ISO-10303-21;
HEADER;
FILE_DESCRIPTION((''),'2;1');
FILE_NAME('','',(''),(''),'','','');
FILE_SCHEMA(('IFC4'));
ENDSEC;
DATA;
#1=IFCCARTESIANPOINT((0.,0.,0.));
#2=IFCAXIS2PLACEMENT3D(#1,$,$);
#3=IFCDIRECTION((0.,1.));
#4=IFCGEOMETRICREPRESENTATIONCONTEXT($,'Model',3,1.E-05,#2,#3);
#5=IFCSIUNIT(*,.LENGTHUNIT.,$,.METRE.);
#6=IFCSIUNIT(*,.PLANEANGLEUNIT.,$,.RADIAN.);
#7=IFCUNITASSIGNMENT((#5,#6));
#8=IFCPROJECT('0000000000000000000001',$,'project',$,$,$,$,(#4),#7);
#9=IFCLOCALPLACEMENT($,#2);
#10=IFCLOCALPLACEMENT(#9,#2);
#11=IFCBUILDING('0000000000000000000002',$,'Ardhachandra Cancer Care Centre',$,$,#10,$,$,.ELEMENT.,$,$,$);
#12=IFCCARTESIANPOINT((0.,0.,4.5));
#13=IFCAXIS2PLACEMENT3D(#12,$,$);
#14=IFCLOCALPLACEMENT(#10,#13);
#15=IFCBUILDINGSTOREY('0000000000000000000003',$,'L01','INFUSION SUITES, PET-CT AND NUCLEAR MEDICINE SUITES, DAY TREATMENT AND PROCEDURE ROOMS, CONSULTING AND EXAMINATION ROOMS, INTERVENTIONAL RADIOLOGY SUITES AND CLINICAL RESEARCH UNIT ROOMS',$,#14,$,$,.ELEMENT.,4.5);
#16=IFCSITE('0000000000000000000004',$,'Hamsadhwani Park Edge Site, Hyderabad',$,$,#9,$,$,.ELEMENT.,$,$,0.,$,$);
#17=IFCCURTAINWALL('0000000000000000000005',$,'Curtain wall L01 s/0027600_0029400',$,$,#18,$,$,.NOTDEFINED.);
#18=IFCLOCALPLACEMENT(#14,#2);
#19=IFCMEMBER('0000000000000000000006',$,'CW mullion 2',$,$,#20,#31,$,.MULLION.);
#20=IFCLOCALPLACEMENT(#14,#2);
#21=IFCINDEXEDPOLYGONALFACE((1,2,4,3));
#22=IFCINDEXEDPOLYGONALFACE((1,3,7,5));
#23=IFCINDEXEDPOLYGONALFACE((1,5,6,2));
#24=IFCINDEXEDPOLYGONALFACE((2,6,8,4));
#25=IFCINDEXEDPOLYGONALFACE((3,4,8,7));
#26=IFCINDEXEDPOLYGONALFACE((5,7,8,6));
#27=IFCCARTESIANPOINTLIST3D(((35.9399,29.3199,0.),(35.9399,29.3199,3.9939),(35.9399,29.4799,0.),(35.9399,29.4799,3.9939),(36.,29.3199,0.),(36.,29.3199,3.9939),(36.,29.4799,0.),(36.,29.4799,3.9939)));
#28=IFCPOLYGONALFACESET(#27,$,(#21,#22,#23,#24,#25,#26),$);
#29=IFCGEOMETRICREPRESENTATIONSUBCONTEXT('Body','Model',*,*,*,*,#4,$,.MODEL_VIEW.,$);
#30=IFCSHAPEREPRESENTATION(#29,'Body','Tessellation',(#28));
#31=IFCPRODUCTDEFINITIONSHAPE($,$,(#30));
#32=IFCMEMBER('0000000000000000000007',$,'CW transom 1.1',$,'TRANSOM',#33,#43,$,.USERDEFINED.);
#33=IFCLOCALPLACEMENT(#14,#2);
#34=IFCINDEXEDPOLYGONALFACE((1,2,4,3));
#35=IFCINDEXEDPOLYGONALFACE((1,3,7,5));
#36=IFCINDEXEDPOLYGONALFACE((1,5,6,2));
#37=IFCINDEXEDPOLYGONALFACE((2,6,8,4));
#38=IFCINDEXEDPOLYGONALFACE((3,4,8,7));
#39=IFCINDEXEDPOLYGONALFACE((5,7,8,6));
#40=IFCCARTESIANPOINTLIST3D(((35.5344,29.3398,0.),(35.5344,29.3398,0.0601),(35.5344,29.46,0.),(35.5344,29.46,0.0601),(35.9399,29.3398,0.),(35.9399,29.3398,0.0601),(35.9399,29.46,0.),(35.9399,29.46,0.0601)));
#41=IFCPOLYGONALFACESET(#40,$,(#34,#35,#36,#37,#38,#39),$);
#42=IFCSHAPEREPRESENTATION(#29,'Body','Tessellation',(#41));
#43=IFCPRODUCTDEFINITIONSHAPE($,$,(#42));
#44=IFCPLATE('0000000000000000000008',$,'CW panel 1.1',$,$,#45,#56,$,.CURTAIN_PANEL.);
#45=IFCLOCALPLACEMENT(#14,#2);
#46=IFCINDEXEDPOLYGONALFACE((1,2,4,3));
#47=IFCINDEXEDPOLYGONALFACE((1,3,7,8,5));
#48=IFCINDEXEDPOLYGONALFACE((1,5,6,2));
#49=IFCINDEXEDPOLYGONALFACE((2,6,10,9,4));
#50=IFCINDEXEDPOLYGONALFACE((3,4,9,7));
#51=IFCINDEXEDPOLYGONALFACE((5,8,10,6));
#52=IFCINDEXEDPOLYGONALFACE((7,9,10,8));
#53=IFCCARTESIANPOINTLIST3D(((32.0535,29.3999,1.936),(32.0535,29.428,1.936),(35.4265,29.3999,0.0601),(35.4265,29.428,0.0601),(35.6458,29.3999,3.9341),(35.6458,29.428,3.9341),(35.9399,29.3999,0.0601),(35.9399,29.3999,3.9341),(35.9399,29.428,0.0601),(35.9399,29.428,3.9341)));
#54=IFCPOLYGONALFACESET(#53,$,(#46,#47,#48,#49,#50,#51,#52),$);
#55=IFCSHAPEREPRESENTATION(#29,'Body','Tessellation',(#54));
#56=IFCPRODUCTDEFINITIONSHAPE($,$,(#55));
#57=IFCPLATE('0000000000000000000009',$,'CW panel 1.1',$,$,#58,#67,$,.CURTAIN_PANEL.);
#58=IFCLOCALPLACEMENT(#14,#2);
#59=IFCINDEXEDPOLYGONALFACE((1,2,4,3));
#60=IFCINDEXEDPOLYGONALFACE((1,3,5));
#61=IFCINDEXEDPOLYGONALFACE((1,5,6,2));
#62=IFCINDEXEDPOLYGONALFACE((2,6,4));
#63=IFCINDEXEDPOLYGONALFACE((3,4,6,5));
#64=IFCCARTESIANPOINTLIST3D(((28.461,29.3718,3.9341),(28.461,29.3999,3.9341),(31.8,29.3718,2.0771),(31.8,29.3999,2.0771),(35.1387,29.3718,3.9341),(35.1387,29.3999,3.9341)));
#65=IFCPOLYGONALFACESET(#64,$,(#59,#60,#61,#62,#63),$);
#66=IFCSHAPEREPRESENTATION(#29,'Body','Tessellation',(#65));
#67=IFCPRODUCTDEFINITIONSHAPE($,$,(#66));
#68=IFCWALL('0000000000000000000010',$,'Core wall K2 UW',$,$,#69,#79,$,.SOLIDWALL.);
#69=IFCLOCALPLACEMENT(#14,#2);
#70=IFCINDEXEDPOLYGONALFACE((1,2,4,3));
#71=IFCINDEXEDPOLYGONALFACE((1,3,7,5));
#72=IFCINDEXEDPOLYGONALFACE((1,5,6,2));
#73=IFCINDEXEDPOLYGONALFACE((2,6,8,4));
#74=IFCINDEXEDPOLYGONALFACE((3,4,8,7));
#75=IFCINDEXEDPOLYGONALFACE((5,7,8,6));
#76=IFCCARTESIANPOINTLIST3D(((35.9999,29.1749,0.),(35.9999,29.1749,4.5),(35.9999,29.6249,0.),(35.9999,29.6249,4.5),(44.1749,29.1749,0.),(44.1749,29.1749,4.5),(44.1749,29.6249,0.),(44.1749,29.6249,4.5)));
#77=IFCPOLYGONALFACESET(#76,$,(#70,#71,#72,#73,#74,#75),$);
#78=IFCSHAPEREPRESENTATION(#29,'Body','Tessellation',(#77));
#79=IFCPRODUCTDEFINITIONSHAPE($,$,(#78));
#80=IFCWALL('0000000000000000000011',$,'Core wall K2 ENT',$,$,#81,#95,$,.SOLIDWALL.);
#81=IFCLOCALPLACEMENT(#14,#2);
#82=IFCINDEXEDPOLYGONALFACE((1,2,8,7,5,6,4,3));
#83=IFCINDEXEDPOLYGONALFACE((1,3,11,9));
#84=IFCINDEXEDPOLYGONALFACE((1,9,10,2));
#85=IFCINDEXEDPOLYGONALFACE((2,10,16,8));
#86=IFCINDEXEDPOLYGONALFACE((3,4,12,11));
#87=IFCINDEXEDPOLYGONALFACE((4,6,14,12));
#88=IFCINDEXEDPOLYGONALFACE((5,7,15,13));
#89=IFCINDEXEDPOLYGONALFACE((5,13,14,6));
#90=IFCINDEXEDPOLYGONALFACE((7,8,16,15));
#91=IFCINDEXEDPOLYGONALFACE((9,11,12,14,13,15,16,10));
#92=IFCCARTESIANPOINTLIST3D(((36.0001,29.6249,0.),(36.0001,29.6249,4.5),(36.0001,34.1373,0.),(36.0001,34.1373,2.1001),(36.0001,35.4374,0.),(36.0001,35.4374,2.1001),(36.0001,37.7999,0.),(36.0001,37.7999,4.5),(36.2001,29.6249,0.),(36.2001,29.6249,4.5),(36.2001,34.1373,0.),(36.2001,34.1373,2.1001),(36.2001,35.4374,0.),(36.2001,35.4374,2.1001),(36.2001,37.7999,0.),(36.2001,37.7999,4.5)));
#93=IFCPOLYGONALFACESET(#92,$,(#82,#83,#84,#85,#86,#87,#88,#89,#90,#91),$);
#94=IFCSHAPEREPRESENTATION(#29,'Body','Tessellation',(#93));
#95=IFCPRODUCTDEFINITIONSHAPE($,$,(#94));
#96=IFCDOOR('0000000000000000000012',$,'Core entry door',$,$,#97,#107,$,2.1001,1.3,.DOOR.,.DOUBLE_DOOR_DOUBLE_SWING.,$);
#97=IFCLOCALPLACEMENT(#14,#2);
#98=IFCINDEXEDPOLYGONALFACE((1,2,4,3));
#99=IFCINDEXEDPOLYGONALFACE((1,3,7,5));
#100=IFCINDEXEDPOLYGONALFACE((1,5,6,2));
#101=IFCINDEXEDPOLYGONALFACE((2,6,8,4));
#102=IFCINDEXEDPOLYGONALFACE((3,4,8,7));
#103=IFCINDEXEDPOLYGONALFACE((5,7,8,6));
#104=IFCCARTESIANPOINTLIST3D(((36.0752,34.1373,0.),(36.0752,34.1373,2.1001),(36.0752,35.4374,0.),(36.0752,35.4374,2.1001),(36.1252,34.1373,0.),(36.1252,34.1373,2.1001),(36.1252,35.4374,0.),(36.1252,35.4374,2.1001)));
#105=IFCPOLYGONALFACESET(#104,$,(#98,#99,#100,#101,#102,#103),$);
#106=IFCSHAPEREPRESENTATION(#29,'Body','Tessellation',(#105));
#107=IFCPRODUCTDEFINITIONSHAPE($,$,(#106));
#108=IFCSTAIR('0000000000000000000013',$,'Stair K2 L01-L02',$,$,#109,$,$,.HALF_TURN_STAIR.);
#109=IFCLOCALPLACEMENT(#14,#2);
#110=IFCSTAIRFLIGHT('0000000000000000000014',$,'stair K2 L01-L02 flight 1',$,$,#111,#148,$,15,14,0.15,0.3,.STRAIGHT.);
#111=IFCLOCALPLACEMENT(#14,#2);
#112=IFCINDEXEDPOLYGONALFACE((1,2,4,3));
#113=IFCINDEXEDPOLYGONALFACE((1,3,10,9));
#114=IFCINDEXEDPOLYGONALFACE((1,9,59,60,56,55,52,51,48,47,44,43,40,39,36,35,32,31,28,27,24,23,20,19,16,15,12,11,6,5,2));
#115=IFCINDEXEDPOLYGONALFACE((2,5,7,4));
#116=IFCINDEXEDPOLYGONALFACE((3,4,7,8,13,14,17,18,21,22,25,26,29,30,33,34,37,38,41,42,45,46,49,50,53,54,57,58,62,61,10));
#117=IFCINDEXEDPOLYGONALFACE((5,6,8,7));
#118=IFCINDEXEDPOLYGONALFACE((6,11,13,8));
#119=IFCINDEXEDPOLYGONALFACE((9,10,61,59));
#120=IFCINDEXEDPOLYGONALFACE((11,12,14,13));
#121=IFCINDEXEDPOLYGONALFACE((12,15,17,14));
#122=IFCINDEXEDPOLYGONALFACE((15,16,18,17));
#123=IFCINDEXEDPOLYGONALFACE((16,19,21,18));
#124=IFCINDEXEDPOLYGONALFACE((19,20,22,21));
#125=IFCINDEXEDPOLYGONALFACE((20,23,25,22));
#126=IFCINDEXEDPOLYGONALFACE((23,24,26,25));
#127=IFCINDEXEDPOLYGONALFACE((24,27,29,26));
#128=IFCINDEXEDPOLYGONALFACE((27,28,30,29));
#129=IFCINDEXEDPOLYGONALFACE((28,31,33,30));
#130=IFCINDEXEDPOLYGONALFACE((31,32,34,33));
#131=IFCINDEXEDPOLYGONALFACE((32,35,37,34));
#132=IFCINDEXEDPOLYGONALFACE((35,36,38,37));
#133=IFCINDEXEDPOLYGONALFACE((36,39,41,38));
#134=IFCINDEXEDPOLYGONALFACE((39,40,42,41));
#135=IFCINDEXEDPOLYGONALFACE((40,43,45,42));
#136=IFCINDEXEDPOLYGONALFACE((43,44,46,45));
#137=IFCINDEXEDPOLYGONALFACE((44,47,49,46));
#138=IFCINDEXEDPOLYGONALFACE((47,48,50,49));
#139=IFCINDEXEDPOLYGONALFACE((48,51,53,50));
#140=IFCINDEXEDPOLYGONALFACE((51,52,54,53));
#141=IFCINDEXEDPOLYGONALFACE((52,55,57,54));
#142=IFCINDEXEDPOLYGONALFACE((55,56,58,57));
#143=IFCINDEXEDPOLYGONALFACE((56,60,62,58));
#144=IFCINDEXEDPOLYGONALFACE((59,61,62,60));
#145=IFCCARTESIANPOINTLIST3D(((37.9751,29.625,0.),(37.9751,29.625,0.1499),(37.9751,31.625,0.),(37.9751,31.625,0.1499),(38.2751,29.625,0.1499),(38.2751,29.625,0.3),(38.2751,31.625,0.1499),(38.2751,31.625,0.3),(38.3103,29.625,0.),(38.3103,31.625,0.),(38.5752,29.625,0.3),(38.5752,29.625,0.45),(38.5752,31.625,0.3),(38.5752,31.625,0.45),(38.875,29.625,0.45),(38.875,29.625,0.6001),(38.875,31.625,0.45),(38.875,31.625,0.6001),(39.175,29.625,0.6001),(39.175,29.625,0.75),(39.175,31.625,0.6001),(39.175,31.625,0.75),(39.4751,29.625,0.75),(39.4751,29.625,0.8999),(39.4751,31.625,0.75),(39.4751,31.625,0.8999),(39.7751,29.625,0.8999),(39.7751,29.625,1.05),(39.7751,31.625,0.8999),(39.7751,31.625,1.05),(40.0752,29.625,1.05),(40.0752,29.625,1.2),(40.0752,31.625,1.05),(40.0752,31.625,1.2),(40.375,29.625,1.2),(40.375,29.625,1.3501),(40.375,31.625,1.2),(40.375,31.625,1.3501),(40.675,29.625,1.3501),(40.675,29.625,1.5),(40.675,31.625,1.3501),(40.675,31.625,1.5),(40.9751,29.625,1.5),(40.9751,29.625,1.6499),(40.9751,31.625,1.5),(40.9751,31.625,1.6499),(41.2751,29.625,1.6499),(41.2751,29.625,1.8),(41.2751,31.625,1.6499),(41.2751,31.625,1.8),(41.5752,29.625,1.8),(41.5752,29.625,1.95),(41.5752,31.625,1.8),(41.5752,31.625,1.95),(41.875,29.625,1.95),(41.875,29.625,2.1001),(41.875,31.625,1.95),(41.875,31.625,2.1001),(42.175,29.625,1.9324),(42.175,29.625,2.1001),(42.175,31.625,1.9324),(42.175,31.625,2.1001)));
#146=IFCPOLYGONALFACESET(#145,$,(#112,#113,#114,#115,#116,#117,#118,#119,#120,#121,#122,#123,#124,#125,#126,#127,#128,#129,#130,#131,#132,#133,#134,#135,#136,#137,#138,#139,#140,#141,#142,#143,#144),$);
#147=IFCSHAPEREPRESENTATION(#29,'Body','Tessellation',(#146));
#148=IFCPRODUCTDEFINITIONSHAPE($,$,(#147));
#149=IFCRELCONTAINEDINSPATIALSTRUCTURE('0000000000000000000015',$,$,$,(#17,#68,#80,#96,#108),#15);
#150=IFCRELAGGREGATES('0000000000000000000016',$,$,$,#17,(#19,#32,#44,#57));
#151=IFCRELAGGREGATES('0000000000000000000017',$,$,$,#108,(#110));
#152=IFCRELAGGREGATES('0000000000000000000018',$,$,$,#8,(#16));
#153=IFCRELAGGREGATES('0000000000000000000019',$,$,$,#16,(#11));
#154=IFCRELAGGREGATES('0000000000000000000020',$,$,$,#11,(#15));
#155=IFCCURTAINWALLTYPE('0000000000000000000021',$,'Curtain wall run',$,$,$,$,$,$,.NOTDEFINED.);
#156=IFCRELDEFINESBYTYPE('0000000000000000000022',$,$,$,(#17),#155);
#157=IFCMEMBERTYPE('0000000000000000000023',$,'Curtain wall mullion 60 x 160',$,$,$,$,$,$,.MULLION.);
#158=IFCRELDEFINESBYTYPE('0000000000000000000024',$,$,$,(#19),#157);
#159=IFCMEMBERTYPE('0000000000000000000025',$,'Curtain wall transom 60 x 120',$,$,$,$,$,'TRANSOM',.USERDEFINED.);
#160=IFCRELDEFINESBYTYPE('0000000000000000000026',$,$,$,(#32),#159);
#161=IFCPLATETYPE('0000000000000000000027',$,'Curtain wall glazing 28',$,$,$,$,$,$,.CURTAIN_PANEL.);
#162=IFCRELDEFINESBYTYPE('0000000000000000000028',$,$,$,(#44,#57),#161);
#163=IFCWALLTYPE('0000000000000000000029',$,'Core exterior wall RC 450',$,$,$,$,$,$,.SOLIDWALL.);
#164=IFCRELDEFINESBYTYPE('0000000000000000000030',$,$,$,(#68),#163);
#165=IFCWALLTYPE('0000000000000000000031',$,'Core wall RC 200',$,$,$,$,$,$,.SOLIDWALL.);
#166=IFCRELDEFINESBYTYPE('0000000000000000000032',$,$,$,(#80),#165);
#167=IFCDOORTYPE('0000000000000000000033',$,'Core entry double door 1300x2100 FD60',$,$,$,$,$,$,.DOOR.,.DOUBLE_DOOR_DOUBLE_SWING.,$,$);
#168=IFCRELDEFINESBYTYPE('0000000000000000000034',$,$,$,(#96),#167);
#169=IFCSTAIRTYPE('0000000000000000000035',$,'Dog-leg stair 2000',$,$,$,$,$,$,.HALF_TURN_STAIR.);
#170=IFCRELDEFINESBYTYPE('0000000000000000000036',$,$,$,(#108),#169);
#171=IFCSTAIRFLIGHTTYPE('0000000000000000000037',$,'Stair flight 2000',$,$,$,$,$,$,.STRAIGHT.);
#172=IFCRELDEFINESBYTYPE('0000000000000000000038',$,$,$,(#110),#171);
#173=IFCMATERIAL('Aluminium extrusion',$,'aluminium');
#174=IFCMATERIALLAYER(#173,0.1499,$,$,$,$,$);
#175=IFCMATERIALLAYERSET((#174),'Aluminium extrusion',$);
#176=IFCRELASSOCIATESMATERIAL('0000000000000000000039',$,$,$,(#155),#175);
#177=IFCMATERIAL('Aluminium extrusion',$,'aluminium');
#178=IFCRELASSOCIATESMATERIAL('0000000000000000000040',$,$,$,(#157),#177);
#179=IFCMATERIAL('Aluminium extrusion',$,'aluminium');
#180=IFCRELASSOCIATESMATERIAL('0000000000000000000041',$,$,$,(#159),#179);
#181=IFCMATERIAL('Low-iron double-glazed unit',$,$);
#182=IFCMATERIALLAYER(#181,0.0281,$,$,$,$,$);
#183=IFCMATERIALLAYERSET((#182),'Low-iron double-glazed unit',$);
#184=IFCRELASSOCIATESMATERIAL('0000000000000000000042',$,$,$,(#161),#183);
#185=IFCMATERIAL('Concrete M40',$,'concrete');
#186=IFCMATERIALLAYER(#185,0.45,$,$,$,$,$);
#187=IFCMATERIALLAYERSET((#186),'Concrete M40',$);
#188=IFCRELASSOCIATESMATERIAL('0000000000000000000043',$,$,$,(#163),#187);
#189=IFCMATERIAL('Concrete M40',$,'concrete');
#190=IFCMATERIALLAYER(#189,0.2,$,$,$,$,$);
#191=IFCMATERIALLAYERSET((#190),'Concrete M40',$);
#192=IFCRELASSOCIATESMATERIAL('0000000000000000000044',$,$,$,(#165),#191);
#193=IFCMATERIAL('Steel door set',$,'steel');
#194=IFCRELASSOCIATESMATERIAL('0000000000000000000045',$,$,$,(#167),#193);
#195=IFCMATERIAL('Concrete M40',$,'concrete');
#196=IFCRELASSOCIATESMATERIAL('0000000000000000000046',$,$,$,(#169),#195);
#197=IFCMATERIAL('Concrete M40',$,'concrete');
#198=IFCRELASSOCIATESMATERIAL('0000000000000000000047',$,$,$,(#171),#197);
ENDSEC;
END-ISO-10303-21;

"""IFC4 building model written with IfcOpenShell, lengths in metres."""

from ifc_helpers import new_model, si_unit, direction, frame, frame_2d, origin, origin_2d, place, context, subcontext, project, spatial, polyline, rectangle, outline, extrude, material, layer, layer_set, material_profile, profile_set, type_object, element, fill, aggregate, save


model = new_model("IFC4")

# Units and contexts
model_context = context("Model", 3, precision=1e-05, world=origin(), true_north=direction((0.0, 1.0)))
body_context = subcontext(model_context, "Body", "Model", "MODEL_VIEW")
ifc_project = project(units=[si_unit("LENGTHUNIT", "METRE"), si_unit("PLANEANGLEUNIT", "RADIAN")], contexts=[model_context])

# Site, building, storey
site_placement = place(None, origin())
site = spatial("IfcSite", under=ifc_project, at=site_placement, Name="Hamsadhwani Park Edge Site, Hyderabad", CompositionType="ELEMENT", RefElevation=0.0)
building_placement = place(site_placement, origin())
building = spatial("IfcBuilding", under=site, at=building_placement, Name="Ardhachandra Cancer Care Centre", CompositionType="ELEMENT")
storey_placement = place(building_placement, frame((0.0, 0.0, 4.5)))
storey = spatial("IfcBuildingStorey", under=building, at=storey_placement, Name="L01", Description="INFUSION SUITES, PET-CT AND NUCLEAR MEDICINE SUITES, DAY TREATMENT AND PROCEDURE ROOMS, CONSULTING AND EXAMINATION ROOMS, INTERVENTIONAL RADIOLOGY SUITES AND CLINICAL RESEARCH UNIT ROOMS", CompositionType="ELEMENT", Elevation=4.5)

# Curtain wall, members, plates
ifc_material_1 = material(Name="Aluminium extrusion", Category="aluminium")
ifc_layer_1 = layer(ifc_material_1, 0.1499)
ifc_layer_set_1 = layer_set([ifc_layer_1], Name="Aluminium extrusion")
curtain_wall_type = type_object("IfcCurtainWallType", Name="Curtain wall run", PredefinedType="NOTDEFINED", material=ifc_layer_set_1)
curtain_wall_placement = place(storey_placement, origin())
curtain_wall = element("IfcCurtainWall", 1, at=curtain_wall_placement, inside=storey, type_object=curtain_wall_type, Name="Curtain wall L01 s/0027600_0029400", PredefinedType="NOTDEFINED")
ifc_material_2 = material(Name="Aluminium extrusion", Category="aluminium")
ifc_material_profile_1 = material_profile(ifc_material_2, rectangle(XDim=0.1599, YDim=0.0601, at=origin_2d()), Name="Curtain wall mullion 60 x 160")
ifc_profile_set_1 = profile_set([ifc_material_profile_1], Name="Aluminium extrusion")
member_type_1 = type_object("IfcMemberType", Name="Curtain wall mullion 60 x 160", PredefinedType="MULLION", material=ifc_profile_set_1)
member_1_placement = place(storey_placement, frame((35.97, 29.3999, 0.0), z_axis=(0.0, 0.0, 1.0), x_axis=(0.0, 1.0, 0.0)))
member_1 = element("IfcMember", 2, at=member_1_placement, type_object=member_type_1, Name="CW mullion 2", PredefinedType="MULLION", context=body_context, shape_type="SweptSolid", body=[
    extrude(rectangle(XDim=0.1599, YDim=0.0601, at=origin_2d()), origin(), (0.0, 0.0, 1.0), 3.9939),
])
ifc_material_3 = material(Name="Aluminium extrusion", Category="aluminium")
ifc_material_profile_2 = material_profile(ifc_material_3, rectangle(XDim=0.1201, YDim=0.0601, at=origin_2d()), Name="Curtain wall transom 60 x 120")
ifc_profile_set_2 = profile_set([ifc_material_profile_2], Name="Aluminium extrusion")
member_type_2 = type_object("IfcMemberType", Name="Curtain wall transom 60 x 120", ElementType="TRANSOM", PredefinedType="USERDEFINED", material=ifc_profile_set_2)
member_2_placement = place(storey_placement, frame((35.5344, 29.3999, 0.03), z_axis=(1.0, 0.0, 0.0), x_axis=(0.0, 1.0, 0.0)))
member_2 = element("IfcMember", 3, at=member_2_placement, type_object=member_type_2, Name="CW transom 1.1", ObjectType="TRANSOM", PredefinedType="USERDEFINED", context=body_context, shape_type="SweptSolid", body=[
    extrude(rectangle(XDim=0.1201, YDim=0.0601, at=origin_2d()), origin(), (0.0, 0.0, 1.0), 0.4055),
])
ifc_material_4 = material(Name="Low-iron double-glazed unit")
ifc_layer_2 = layer(ifc_material_4, 0.0281)
ifc_layer_set_2 = layer_set([ifc_layer_2], Name="Low-iron double-glazed unit")
plate_type = type_object("IfcPlateType", Name="Curtain wall glazing 28", PredefinedType="CURTAIN_PANEL", material=ifc_layer_set_2)
plate_1_placement = place(storey_placement, frame((35.9399, 29.3999, 3.9341), z_axis=(0.0, 1.0, 0.0), x_axis=(0.0, 0.0, -1.0)))
plate_1 = element("IfcPlate", 4, at=plate_1_placement, type_object=plate_type, Name="CW panel 1.1", PredefinedType="CURTAIN_PANEL", context=body_context, shape_type="SweptSolid", body=[
    extrude(outline(polyline([(0.0, 0.0), (3.874, 0.0), (3.874, 0.5134), (1.998, 3.8865), (0.0, 0.2942), (0.0, 0.0)])), origin(), (0.0, 0.0, 1.0), 0.0281),
])
plate_2_placement = place(storey_placement, frame((35.1387, 29.3999, 3.9341), z_axis=(0.0, 1.0, 0.0), x_axis=(-0.873919, 0.0, -0.486072)))
plate_2 = element("IfcPlate", 5, at=plate_2_placement, type_object=plate_type, Name="CW panel 1.1", PredefinedType="CURTAIN_PANEL", context=body_context, shape_type="SweptSolid", body=[
    extrude(outline(polyline([(0.0, 0.0), (3.8203, 0.0), (5.8357, 3.2458), (0.0, 0.0)])), frame((0.0, 0.0, -0.0281)), (0.0, 0.0, 1.0), 0.0281),
])
aggregate(curtain_wall, [member_1, member_2, plate_1, plate_2])

# Wall
ifc_material_5 = material(Name="Concrete M40", Category="concrete")
ifc_layer_3 = layer(ifc_material_5, 0.45)
ifc_layer_set_3 = layer_set([ifc_layer_3], Name="Concrete M40")
wall_type_1 = type_object("IfcWallType", Name="Core exterior wall RC 450", PredefinedType="SOLIDWALL", material=ifc_layer_set_3)
wall_1_placement = place(storey_placement, frame((36.0, 29.3999, 0.0), z_axis=(0.0, 0.0, 1.0), x_axis=(1.0, 0.0, 0.0)))
element("IfcWall", 6, at=wall_1_placement, inside=storey, type_object=wall_type_1, Name="Core wall K2 UW", PredefinedType="SOLIDWALL", context=body_context, shape_type="SweptSolid", body=[
    extrude(rectangle(XDim=8.175, YDim=0.45, at=frame_2d((4.0874, 0.0))), origin(), (0.0, 0.0, 1.0), 4.5),
])

# Wall, opening, door
ifc_material_6 = material(Name="Concrete M40", Category="concrete")
ifc_layer_4 = layer(ifc_material_6, 0.2)
ifc_layer_set_4 = layer_set([ifc_layer_4], Name="Concrete M40")
wall_type_2 = type_object("IfcWallType", Name="Core wall RC 200", PredefinedType="SOLIDWALL", material=ifc_layer_set_4)
wall_2_placement = place(storey_placement, frame((36.1001, 29.625, 0.0), z_axis=(0.0, 0.0, 1.0), x_axis=(0.0, 1.0, 0.0)))
wall_2 = element("IfcWall", 7, at=wall_2_placement, inside=storey, type_object=wall_type_2, Name="Core wall K2 ENT", PredefinedType="SOLIDWALL", context=body_context, shape_type="SweptSolid", body=[
    extrude(rectangle(XDim=8.175, YDim=0.2, at=frame_2d((4.0874, 0.0))), origin(), (0.0, 0.0, 1.0), 4.5),
])
opening_placement = place(wall_2_placement, frame((4.5125, 0.0, 0.0)))
opening = element("IfcOpeningElement", 8, at=opening_placement, cuts=wall_2, PredefinedType="OPENING", context=body_context, shape_type="SweptSolid", body=[
    extrude(rectangle(XDim=1.3, YDim=2.1001, at=frame_2d((0.6499, 1.05))), frame((0.0, 0.1099, 0.0), z_axis=(0.0, -1.0, 0.0), x_axis=(1.0, 0.0, 0.0)), (0.0, 0.0, 1.0), 0.22),
])
ifc_material_7 = material(Name="Steel door set", Category="steel")
door_type = type_object("IfcDoorType", Name="Core entry double door 1300x2100 FD60", OperationType="DOUBLE_DOOR_DOUBLE_SWING", PredefinedType="DOOR", material=ifc_material_7)
door_placement = place(opening_placement, origin())
door = element("IfcDoor", 9, at=door_placement, inside=storey, type_object=door_type, Name="Core entry door", OperationType="DOUBLE_DOOR_DOUBLE_SWING", OverallHeight=2.1001, OverallWidth=1.3, PredefinedType="DOOR", context=body_context, shape_type="SweptSolid", body=[
    extrude(rectangle(XDim=1.3, YDim=2.1001, at=frame_2d((0.6499, 1.05))), frame((0.0, 0.0249, 0.0), z_axis=(0.0, -1.0, 0.0), x_axis=(1.0, 0.0, 0.0)), (0.0, 0.0, 1.0), 0.05),
])
fill(opening, door)

# Stair, stair flight
ifc_material_8 = material(Name="Concrete M40", Category="concrete")
stair_type = type_object("IfcStairType", Name="Dog-leg stair 2000", PredefinedType="HALF_TURN_STAIR", material=ifc_material_8)
stair_placement = place(storey_placement, origin())
stair = element("IfcStair", 10, at=stair_placement, inside=storey, type_object=stair_type, Name="Stair K2 L01-L02", PredefinedType="HALF_TURN_STAIR")
ifc_material_9 = material(Name="Concrete M40", Category="concrete")
stair_flight_type = type_object("IfcStairFlightType", Name="Stair flight 2000", PredefinedType="STRAIGHT", material=ifc_material_9)
stair_flight_placement = place(storey_placement, frame((37.9751, 30.625, 0.0), z_axis=(0.0, 0.0, 1.0), x_axis=(1.0, 0.0, 0.0)))
stair_flight = element("IfcStairFlight", 11, at=stair_flight_placement, type_object=stair_flight_type, Name="stair K2 L01-L02 flight 1", NumberOfRisers=15, NumberOfTreads=14, PredefinedType="STRAIGHT", RiserHeight=0.15, TreadLength=0.3, context=body_context, shape_type="SweptSolid", body=[
    extrude(outline(polyline([(0.0, 0.0), (0.0, 0.1499), (0.3, 0.1499), (0.3, 0.3), (0.6001, 0.3), (0.6001, 0.45), (0.8999, 0.45), (0.8999, 0.6001), (1.2, 0.6001), (1.2, 0.75), (1.5, 0.75), (1.5, 0.8999), (1.8, 0.8999), (1.8, 1.05), (2.1001, 1.05), (2.1001, 1.2), (2.3999, 1.2), (2.3999, 1.3501), (2.7, 1.3501), (2.7, 1.5), (3.0, 1.5), (3.0, 1.6499), (3.3, 1.6499), (3.3, 1.8), (3.6001, 1.8), (3.6001, 1.95), (3.8999, 1.95), (3.8999, 2.1001), (4.2, 2.1001), (4.2, 2.25), (4.2, 1.9324), (0.3352, 0.0), (0.0, 0.0)])), frame((0.0, 1.0, 0.0), z_axis=(0.0, -1.0, 0.0), x_axis=(1.0, 0.0, 0.0)), (0.0, 0.0, 1.0), 2.0),
])
aggregate(stair, [stair_flight])

save(model, "model.ifc")
